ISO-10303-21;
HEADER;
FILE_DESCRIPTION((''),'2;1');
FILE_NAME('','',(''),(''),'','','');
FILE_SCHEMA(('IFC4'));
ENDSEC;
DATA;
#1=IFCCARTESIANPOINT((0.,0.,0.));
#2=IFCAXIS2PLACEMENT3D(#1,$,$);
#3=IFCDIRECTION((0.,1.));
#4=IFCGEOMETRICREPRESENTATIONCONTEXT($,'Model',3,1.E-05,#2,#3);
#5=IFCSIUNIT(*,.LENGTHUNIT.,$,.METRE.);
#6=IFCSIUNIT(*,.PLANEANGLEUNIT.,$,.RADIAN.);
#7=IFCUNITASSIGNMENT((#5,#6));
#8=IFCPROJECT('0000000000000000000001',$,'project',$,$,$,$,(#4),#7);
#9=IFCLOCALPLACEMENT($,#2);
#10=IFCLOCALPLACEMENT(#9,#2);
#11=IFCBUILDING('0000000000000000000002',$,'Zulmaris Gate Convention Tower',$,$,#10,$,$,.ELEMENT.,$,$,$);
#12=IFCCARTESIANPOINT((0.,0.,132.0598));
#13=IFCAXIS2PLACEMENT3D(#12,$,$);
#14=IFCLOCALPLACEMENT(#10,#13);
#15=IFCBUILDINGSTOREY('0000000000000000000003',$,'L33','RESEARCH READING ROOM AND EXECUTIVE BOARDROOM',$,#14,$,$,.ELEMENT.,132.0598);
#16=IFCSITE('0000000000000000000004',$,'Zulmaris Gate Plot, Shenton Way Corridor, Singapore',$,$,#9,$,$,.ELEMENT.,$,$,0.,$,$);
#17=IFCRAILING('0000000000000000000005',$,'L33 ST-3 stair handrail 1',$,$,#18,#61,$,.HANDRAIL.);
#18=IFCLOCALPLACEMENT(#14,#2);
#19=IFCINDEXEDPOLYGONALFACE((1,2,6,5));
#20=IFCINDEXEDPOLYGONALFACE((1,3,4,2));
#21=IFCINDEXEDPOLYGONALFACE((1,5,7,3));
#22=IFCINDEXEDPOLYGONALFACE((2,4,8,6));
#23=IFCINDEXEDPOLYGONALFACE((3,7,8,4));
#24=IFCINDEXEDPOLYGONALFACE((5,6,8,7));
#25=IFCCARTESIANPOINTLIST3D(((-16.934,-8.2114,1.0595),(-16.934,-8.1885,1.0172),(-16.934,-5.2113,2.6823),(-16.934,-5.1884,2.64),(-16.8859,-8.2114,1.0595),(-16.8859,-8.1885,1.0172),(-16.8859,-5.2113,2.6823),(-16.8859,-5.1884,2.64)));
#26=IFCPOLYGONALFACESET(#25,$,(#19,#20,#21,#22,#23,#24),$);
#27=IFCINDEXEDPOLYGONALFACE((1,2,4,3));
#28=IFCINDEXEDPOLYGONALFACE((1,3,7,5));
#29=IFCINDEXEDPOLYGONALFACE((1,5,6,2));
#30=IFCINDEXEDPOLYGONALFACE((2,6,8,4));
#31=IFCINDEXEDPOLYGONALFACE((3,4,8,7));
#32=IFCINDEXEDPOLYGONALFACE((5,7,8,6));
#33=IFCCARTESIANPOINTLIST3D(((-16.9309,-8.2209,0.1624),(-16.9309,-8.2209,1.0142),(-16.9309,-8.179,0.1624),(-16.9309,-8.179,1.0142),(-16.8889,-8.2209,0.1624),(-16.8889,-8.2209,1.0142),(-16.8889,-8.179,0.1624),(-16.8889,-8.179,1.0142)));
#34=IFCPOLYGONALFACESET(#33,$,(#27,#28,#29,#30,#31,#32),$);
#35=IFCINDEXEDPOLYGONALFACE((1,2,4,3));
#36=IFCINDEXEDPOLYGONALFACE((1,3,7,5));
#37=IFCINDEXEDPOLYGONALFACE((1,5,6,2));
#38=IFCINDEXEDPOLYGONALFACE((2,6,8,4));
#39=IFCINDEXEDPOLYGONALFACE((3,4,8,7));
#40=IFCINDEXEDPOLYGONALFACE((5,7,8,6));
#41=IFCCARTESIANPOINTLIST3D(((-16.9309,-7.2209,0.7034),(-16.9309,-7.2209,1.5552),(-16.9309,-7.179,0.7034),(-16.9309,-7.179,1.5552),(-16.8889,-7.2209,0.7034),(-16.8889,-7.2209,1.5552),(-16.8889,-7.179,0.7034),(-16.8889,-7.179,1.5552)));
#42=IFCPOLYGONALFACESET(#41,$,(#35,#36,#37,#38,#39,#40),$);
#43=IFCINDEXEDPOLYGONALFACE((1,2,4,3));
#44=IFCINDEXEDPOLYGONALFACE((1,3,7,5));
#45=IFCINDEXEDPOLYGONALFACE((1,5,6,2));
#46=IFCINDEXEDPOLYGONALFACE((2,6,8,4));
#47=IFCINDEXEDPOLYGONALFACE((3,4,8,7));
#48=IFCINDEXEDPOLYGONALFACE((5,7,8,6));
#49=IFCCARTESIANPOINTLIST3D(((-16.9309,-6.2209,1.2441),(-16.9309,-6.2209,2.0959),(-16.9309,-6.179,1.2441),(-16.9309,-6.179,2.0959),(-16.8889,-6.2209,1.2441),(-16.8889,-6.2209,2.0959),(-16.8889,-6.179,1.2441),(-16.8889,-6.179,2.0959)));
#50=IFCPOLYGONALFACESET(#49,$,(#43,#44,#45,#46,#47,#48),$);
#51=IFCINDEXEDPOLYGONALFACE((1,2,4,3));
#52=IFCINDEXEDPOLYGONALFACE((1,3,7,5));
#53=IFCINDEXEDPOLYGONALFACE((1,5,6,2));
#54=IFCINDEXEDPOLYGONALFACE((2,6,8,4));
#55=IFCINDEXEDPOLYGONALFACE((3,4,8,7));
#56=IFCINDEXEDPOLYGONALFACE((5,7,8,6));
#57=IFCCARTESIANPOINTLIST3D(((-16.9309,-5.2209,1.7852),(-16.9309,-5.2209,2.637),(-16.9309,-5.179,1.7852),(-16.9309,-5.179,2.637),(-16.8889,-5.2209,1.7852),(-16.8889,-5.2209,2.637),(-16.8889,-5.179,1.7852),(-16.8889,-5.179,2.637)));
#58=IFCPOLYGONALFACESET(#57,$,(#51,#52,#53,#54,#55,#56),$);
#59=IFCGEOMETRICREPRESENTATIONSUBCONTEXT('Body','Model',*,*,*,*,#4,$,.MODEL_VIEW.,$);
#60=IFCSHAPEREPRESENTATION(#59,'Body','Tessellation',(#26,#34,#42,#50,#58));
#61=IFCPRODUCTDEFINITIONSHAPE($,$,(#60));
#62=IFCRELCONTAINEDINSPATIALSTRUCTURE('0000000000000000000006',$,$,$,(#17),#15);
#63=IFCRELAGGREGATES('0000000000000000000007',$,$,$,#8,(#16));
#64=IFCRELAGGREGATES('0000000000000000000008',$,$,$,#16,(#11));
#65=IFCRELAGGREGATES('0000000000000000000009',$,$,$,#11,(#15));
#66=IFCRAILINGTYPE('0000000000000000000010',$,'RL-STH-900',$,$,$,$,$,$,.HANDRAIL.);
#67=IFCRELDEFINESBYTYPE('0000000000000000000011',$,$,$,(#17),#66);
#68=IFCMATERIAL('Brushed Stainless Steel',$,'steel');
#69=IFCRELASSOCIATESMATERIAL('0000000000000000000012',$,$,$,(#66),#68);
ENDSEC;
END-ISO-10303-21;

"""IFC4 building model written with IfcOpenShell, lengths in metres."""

from ifc_helpers import new_model, si_unit, direction, frame, origin, origin_2d, place, context, subcontext, project, spatial, rectangle, extrude, material, type_object, element, save


model = new_model("IFC4")

# Units and contexts
model_context = context("Model", 3, precision=1e-05, world=origin(), true_north=direction((0.0, 1.0)))
body_context = subcontext(model_context, "Body", "Model", "MODEL_VIEW")
ifc_project = project(units=[si_unit("LENGTHUNIT", "METRE"), si_unit("PLANEANGLEUNIT", "RADIAN")], contexts=[model_context])

# Site, building, storey
site_placement = place(None, origin())
site = spatial("IfcSite", under=ifc_project, at=site_placement, Name="Zulmaris Gate Plot, Shenton Way Corridor, Singapore", CompositionType="ELEMENT", RefElevation=0.0)
building_placement = place(site_placement, origin())
building = spatial("IfcBuilding", under=site, at=building_placement, Name="Zulmaris Gate Convention Tower", CompositionType="ELEMENT")
storey_placement = place(building_placement, frame((0.0, 0.0, 132.0598)))
storey = spatial("IfcBuildingStorey", under=building, at=storey_placement, Name="L33", Description="RESEARCH READING ROOM AND EXECUTIVE BOARDROOM", CompositionType="ELEMENT", Elevation=132.0598)

# Railing
ifc_material_1 = material(Name="Brushed Stainless Steel", Category="steel")
railing_type_1 = type_object("IfcRailingType", Name="RL-STH-900", PredefinedType="HANDRAIL", material=ifc_material_1)
for number, where, name in (
    (1, (-16.9099, -8.2, 0.1624), "L33 ST-3 stair handrail 1"),
):
    element("IfcRailing", number, at=place(storey_placement, frame(where)), inside=storey, type_object=railing_type_1, Name=name, PredefinedType="HANDRAIL", context=body_context, shape_type="SweptSolid", body=[
        extrude(rectangle(XDim=0.0481, YDim=0.0481, at=origin_2d()), frame((0.0, 0.0, 0.876), z_axis=(0.0, 0.879562, 0.475785), x_axis=(-1.0, 0.0, 0.0)), (0.0, 0.0, 1.0), 3.4109),
        extrude(rectangle(XDim=0.042, YDim=0.042, at=origin_2d()), origin(), (0.0, 0.0, 1.0), 0.8518),
        extrude(rectangle(XDim=0.042, YDim=0.042, at=origin_2d()), frame((0.0, 1.0, 0.541)), (0.0, 0.0, 1.0), 0.8518),
        extrude(rectangle(XDim=0.042, YDim=0.042, at=origin_2d()), frame((0.0, 2.0, 1.0818)), (0.0, 0.0, 1.0), 0.8518),
        extrude(rectangle(XDim=0.042, YDim=0.042, at=origin_2d()), frame((0.0, 3.0, 1.6228)), (0.0, 0.0, 1.0), 0.8518),
    ])

save(model, "model.ifc")
